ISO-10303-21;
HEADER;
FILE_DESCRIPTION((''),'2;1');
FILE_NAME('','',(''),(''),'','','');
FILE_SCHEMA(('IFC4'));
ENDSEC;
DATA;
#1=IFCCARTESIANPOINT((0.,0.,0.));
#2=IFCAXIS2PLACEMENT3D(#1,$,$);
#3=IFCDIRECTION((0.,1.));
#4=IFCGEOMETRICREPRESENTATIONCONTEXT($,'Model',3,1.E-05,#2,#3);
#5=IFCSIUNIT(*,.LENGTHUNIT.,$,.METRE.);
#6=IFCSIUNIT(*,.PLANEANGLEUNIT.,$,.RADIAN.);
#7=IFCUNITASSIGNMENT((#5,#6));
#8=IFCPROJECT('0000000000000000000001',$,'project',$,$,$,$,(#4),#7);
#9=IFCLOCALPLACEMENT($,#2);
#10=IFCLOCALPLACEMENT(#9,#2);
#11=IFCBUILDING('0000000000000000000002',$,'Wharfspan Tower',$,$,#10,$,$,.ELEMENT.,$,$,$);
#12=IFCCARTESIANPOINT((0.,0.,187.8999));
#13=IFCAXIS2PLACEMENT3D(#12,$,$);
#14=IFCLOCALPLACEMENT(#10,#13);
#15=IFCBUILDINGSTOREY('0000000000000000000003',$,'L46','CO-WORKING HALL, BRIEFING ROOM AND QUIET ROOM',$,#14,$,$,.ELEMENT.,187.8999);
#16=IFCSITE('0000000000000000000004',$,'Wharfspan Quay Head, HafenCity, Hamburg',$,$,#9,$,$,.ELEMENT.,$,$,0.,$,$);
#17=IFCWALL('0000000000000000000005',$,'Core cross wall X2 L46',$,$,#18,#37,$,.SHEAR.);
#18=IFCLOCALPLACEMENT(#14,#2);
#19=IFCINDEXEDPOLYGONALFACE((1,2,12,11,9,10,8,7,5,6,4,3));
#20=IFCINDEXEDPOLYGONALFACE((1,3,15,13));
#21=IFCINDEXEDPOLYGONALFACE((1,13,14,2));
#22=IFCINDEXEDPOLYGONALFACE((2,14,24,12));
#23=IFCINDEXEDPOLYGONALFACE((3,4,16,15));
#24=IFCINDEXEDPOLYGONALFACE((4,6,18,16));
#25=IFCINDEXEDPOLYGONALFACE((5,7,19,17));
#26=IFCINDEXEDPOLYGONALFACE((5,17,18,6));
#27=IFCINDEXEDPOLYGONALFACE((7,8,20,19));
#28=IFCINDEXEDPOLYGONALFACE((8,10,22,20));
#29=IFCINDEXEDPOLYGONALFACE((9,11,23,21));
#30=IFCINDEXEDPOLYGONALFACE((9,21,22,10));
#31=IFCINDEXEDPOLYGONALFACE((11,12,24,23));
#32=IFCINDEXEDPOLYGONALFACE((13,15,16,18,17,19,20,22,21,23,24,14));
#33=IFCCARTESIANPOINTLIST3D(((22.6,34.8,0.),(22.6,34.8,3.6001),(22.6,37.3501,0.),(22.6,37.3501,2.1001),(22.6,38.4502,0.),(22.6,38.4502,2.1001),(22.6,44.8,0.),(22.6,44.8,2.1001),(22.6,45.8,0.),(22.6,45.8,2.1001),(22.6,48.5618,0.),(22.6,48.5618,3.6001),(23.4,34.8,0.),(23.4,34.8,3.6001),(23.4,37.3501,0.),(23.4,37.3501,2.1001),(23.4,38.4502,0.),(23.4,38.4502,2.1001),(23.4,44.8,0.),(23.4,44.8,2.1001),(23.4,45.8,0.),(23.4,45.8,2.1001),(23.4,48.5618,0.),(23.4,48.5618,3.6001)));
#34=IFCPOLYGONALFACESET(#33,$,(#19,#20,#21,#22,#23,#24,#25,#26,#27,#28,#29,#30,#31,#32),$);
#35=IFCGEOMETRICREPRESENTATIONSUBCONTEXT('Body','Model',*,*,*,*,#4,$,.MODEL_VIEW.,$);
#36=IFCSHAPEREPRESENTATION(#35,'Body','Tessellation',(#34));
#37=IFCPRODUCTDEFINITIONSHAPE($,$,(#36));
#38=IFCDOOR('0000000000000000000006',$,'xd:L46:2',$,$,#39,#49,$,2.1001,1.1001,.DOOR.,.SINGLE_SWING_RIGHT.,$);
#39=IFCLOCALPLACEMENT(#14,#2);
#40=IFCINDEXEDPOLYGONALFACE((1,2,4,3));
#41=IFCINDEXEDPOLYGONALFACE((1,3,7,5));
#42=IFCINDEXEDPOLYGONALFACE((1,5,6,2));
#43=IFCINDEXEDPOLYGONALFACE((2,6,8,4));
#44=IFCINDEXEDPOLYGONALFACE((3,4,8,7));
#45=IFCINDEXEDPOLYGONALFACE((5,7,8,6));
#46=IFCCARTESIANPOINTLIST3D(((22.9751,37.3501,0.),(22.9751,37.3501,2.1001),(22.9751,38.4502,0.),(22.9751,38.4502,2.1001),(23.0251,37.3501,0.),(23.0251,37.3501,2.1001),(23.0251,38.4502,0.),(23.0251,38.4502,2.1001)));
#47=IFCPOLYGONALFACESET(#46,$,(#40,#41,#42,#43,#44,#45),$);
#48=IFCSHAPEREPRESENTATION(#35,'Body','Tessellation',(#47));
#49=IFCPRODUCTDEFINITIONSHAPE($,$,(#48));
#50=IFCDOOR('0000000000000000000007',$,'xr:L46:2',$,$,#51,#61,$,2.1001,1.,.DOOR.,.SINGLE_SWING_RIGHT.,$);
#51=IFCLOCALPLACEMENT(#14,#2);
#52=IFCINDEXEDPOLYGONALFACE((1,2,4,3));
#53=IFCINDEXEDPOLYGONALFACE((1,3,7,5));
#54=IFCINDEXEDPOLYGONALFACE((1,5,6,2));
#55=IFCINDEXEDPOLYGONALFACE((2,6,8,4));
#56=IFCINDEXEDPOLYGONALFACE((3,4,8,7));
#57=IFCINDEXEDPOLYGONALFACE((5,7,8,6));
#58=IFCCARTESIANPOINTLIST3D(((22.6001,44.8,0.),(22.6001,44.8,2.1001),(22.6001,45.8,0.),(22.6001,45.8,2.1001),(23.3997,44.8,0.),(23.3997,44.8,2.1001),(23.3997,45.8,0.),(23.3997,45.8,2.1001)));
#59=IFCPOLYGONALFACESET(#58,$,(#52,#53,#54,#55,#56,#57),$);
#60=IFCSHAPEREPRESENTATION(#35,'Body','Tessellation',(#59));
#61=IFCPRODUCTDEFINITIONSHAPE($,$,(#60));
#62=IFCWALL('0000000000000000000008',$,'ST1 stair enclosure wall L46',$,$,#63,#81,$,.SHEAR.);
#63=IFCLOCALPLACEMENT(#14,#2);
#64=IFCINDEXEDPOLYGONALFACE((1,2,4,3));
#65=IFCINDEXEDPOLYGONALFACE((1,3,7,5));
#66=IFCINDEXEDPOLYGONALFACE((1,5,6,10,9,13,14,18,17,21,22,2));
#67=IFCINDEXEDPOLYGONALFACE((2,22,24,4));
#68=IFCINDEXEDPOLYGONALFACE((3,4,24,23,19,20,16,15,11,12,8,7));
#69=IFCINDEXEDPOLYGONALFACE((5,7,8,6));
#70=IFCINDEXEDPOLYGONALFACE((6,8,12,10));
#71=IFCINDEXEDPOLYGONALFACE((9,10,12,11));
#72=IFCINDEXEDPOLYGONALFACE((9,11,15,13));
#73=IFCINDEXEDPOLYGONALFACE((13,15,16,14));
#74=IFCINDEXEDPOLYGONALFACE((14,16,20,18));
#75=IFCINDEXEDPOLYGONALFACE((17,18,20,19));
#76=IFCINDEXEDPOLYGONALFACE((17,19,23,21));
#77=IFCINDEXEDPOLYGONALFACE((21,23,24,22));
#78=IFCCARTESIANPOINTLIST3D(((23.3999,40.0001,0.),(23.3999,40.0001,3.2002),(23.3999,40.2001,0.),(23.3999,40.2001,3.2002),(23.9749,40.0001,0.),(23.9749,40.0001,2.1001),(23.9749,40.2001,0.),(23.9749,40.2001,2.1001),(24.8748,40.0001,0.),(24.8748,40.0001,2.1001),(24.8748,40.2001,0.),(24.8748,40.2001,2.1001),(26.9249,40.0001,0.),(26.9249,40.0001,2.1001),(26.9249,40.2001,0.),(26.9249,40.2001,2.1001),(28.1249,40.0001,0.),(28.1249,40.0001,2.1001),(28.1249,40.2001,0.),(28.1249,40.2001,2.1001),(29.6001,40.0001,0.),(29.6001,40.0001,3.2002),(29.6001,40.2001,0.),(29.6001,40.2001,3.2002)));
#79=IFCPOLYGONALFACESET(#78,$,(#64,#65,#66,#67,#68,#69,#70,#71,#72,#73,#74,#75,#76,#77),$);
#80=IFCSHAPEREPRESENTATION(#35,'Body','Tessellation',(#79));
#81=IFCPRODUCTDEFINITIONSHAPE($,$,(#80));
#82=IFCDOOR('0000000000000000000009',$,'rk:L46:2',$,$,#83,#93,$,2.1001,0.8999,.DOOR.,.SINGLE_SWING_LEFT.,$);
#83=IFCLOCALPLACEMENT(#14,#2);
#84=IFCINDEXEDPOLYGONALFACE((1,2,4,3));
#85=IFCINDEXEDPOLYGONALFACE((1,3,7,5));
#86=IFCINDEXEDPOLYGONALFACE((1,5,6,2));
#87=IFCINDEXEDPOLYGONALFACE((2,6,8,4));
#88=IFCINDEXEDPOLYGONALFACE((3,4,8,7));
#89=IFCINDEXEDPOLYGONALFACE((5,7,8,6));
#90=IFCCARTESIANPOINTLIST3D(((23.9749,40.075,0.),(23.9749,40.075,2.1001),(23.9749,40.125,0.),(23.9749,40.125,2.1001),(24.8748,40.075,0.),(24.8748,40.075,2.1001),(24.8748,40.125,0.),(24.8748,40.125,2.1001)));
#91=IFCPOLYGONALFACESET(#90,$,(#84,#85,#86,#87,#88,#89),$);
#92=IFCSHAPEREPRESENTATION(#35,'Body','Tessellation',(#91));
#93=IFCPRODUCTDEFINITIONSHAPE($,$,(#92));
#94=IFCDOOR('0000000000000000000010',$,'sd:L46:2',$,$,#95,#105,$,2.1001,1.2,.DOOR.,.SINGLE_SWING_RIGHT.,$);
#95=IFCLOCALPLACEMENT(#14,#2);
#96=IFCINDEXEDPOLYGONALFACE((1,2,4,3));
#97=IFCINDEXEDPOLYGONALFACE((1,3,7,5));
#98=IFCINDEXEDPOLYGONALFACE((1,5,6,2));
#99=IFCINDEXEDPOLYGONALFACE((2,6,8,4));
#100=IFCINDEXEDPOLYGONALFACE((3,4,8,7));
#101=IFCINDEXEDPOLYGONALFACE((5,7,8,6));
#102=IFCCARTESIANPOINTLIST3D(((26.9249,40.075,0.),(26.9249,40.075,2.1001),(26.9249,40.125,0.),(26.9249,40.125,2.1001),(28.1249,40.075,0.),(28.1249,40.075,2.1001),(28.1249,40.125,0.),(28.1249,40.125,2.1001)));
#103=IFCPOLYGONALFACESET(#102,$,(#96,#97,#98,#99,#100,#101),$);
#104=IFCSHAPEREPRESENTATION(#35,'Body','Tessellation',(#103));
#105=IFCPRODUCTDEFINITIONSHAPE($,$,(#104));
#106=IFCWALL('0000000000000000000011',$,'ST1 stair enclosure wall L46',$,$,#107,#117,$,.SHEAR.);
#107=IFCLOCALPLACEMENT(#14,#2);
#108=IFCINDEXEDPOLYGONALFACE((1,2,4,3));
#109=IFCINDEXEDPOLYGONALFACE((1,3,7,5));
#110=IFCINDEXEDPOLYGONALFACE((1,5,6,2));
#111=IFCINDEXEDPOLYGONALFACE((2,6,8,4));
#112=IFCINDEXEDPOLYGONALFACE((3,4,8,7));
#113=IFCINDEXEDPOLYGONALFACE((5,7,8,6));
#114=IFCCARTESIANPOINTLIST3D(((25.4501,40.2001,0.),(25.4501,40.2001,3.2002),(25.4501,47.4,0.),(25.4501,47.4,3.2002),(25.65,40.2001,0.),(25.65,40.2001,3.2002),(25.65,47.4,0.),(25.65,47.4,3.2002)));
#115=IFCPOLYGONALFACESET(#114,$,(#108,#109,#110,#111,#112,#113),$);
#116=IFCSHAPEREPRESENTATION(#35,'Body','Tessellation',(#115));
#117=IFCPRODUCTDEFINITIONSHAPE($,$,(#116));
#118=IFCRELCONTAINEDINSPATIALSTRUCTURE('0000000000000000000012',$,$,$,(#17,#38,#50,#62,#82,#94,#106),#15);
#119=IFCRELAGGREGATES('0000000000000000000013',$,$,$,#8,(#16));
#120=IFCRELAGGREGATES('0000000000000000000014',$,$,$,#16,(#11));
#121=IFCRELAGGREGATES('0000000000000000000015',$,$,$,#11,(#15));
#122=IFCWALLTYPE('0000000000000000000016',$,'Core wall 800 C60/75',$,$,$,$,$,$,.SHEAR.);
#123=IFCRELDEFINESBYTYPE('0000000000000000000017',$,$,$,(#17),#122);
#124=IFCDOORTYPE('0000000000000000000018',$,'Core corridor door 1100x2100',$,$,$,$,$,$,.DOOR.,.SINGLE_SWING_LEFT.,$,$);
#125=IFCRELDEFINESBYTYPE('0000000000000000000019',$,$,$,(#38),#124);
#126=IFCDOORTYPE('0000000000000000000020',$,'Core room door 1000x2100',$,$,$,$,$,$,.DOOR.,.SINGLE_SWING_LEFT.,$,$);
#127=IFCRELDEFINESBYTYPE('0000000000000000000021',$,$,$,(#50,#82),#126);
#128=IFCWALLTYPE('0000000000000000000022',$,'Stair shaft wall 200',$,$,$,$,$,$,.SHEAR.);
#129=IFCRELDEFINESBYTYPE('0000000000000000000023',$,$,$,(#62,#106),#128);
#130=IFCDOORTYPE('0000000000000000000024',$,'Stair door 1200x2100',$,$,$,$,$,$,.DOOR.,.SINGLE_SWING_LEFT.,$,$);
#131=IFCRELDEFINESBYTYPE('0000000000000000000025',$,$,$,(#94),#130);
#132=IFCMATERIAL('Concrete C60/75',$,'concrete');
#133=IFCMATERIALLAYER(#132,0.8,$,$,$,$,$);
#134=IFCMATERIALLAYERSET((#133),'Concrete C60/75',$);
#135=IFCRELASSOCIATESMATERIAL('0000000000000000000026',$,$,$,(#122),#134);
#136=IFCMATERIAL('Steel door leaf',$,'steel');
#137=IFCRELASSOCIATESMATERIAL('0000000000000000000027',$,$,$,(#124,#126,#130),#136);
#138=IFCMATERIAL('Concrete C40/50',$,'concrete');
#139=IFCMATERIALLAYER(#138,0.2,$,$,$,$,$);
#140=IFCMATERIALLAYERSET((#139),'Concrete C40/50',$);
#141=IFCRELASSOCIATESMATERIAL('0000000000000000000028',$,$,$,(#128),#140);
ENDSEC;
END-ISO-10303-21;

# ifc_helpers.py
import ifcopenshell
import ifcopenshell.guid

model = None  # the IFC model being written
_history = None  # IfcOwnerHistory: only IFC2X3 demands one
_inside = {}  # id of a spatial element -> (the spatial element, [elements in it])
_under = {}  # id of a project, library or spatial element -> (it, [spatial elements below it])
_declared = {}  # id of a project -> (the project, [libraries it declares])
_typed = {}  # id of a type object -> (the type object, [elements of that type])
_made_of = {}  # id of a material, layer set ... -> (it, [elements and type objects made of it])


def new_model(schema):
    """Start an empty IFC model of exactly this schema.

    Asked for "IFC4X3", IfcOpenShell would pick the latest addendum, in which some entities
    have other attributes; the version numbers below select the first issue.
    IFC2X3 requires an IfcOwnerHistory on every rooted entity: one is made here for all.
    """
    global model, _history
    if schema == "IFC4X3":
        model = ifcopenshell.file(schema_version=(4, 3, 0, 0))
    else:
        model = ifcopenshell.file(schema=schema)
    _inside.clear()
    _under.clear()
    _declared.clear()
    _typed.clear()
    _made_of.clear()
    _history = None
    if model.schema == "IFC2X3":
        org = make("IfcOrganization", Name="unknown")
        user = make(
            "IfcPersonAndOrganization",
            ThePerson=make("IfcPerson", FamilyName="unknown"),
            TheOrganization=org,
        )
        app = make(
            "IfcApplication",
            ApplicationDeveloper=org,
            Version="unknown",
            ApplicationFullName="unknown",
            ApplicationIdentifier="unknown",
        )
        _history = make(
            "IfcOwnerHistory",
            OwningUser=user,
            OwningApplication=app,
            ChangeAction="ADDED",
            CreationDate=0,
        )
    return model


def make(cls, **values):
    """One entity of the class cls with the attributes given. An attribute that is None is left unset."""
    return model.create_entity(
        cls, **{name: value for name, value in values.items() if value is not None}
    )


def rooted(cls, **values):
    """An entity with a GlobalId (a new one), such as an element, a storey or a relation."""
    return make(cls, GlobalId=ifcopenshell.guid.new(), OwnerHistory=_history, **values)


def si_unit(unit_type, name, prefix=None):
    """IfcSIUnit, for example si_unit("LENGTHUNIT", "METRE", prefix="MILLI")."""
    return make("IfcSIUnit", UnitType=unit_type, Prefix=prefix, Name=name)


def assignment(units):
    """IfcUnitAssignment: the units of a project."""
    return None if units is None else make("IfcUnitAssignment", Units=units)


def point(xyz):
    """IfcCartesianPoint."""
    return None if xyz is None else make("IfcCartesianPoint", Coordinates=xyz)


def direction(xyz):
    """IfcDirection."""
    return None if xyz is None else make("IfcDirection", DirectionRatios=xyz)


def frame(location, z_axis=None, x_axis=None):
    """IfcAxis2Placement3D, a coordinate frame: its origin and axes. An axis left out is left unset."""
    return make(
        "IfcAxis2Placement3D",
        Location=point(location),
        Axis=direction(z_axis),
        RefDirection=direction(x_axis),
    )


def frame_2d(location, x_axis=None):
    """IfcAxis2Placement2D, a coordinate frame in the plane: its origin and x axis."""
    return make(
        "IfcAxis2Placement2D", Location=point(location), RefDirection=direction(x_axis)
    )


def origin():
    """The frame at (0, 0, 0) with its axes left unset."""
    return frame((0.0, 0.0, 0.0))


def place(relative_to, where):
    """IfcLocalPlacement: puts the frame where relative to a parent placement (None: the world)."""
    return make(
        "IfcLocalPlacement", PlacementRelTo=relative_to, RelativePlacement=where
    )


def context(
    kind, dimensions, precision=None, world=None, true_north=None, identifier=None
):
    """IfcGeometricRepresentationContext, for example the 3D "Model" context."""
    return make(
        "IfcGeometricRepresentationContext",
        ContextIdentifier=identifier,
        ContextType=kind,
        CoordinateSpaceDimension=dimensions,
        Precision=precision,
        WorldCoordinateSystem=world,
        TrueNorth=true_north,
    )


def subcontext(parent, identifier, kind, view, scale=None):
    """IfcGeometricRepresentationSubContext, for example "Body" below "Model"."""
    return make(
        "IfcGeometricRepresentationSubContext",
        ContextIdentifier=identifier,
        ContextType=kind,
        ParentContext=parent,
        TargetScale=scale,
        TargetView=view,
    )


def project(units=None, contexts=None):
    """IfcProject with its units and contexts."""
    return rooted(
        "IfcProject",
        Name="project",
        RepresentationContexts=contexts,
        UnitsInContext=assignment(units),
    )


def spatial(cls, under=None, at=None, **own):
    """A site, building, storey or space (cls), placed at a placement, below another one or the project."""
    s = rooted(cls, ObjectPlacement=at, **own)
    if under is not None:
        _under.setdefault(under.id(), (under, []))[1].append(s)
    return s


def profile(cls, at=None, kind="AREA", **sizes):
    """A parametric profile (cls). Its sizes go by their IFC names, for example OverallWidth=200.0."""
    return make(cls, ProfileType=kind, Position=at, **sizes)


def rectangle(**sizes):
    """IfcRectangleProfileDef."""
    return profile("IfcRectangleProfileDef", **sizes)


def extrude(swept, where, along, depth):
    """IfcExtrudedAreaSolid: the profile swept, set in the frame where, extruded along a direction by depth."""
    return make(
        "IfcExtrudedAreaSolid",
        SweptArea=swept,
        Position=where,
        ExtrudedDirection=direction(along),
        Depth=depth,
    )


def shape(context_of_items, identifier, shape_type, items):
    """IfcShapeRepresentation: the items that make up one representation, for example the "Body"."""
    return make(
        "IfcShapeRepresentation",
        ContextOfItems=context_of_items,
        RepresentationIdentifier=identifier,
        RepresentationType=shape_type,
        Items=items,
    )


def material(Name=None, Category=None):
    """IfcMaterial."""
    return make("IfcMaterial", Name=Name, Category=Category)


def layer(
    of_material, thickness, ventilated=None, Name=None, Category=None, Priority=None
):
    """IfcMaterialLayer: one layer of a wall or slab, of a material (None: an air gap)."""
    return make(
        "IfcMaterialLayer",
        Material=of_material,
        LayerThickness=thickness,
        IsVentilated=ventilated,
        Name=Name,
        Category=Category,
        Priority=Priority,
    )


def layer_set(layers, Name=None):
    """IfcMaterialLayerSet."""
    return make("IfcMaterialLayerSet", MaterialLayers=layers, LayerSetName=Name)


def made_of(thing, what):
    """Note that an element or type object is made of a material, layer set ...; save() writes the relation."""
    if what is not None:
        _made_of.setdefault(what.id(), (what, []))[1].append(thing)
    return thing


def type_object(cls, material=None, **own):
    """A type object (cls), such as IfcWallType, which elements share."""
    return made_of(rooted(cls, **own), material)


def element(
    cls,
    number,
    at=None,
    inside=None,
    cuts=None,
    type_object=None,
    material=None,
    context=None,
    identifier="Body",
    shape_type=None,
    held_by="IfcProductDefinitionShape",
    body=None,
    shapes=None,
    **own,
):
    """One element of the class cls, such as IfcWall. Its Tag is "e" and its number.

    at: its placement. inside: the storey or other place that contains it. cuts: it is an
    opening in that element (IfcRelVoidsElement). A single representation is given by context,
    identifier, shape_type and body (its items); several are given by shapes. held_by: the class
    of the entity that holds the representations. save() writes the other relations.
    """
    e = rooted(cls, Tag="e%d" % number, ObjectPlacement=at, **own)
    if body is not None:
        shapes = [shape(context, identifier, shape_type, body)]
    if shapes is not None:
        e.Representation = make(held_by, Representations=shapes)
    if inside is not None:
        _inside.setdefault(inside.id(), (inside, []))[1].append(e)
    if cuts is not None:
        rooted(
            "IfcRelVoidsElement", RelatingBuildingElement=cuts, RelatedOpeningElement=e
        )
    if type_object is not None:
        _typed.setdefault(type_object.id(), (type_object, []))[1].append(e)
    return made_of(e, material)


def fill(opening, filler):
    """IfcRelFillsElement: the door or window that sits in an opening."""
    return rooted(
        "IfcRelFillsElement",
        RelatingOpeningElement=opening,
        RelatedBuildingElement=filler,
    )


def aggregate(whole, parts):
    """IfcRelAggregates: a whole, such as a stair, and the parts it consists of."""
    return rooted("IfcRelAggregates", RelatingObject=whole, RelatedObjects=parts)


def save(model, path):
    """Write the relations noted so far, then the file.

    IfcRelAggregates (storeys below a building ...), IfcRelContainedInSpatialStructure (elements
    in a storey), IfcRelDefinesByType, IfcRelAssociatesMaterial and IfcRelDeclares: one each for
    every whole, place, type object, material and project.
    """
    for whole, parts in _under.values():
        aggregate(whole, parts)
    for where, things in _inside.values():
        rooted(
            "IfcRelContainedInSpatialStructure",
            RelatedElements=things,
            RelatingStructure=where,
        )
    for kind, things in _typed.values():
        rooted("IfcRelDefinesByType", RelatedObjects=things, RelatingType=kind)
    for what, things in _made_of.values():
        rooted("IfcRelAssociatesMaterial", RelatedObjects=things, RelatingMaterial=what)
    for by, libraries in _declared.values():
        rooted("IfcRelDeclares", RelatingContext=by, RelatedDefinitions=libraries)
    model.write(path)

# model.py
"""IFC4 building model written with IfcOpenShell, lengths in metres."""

from ifc_helpers import new_model, si_unit, direction, frame, frame_2d, origin, place, context, subcontext, project, spatial, rectangle, extrude, material, layer, layer_set, type_object, element, fill, save


model = new_model("IFC4")

# Units and contexts
model_context = context("Model", 3, precision=1e-05, world=origin(), true_north=direction((0.0, 1.0)))
body_context = subcontext(model_context, "Body", "Model", "MODEL_VIEW")
ifc_project = project(units=[si_unit("LENGTHUNIT", "METRE"), si_unit("PLANEANGLEUNIT", "RADIAN")], contexts=[model_context])

# Site, building, storey
site_placement = place(None, origin())
site = spatial("IfcSite", under=ifc_project, at=site_placement, Name="Wharfspan Quay Head, HafenCity, Hamburg", CompositionType="ELEMENT", RefElevation=0.0)
building_placement = place(site_placement, origin())
building = spatial("IfcBuilding", under=site, at=building_placement, Name="Wharfspan Tower", CompositionType="ELEMENT")
storey_placement = place(building_placement, frame((0.0, 0.0, 187.8999)))
storey = spatial("IfcBuildingStorey", under=building, at=storey_placement, Name="L46", Description="CO-WORKING HALL, BRIEFING ROOM AND QUIET ROOM", CompositionType="ELEMENT", Elevation=187.8999)

# Walls, openings, doors
ifc_material_1 = material(Name="Concrete C60/75", Category="concrete")
ifc_layer_1 = layer(ifc_material_1, 0.8)
ifc_layer_set_1 = layer_set([ifc_layer_1], Name="Concrete C60/75")
wall_type_1 = type_object("IfcWallType", Name="Core wall 800 C60/75", PredefinedType="SHEAR", material=ifc_layer_set_1)
wall_1_placement = place(storey_placement, frame((23.0, 34.8, 0.0), z_axis=(0.0, 0.0, 1.0), x_axis=(0.0, 1.0, 0.0)))
wall_1 = element("IfcWall", 1, at=wall_1_placement, inside=storey, type_object=wall_type_1, Name="Core cross wall X2 L46", PredefinedType="SHEAR", context=body_context, shape_type="SweptSolid", body=[
    extrude(rectangle(XDim=13.7617, YDim=0.8, at=frame_2d((6.8809, 0.0))), origin(), (0.0, 0.0, 1.0), 3.6001),
])
opening_1_placement = place(wall_1_placement, frame((2.55, 0.0, 0.0)))
opening_1 = element("IfcOpeningElement", 2, at=opening_1_placement, cuts=wall_1, PredefinedType="OPENING", context=body_context, shape_type="SweptSolid", body=[
    extrude(rectangle(XDim=1.1001, YDim=2.1001, at=frame_2d((0.55, 1.05))), frame((0.0, 0.4099, 0.0), z_axis=(0.0, -1.0, 0.0), x_axis=(1.0, 0.0, 0.0)), (0.0, 0.0, 1.0), 0.8201),
])
opening_2_placement = place(wall_1_placement, frame((10.0, 0.0, 0.0)))
opening_2 = element("IfcOpeningElement", 3, at=opening_2_placement, cuts=wall_1, PredefinedType="OPENING", context=body_context, shape_type="SweptSolid", body=[
    extrude(rectangle(XDim=1.0, YDim=2.1001, at=frame_2d((0.5, 1.05))), frame((0.0, 0.4099, 0.0), z_axis=(0.0, -1.0, 0.0), x_axis=(1.0, 0.0, 0.0)), (0.0, 0.0, 1.0), 0.8201),
])
ifc_material_2 = material(Name="Steel door leaf", Category="steel")
door_type_1 = type_object("IfcDoorType", Name="Core corridor door 1100x2100", OperationType="SINGLE_SWING_LEFT", PredefinedType="DOOR", material=ifc_material_2)
door_1_placement = place(opening_1_placement, origin())
door_1 = element("IfcDoor", 4, at=door_1_placement, inside=storey, type_object=door_type_1, Name="xd:L46:2", OperationType="SINGLE_SWING_RIGHT", OverallHeight=2.1001, OverallWidth=1.1001, PredefinedType="DOOR", context=body_context, shape_type="SweptSolid", body=[
    extrude(rectangle(XDim=1.1001, YDim=2.1001, at=frame_2d((0.55, 1.05))), frame((0.0, 0.0249, 0.0), z_axis=(0.0, -1.0, 0.0), x_axis=(1.0, 0.0, 0.0)), (0.0, 0.0, 1.0), 0.05),
])
fill(opening_1, door_1)
door_type_2 = type_object("IfcDoorType", Name="Core room door 1000x2100", OperationType="SINGLE_SWING_LEFT", PredefinedType="DOOR", material=ifc_material_2)
door_2_placement = place(opening_2_placement, origin())
door_2 = element("IfcDoor", 5, at=door_2_placement, inside=storey, type_object=door_type_2, Name="xr:L46:2", OperationType="SINGLE_SWING_RIGHT", OverallHeight=2.1001, OverallWidth=1.0, PredefinedType="DOOR", context=body_context, shape_type="SweptSolid", body=[
    extrude(rectangle(XDim=1.0, YDim=2.1001, at=frame_2d((0.5, 1.05))), frame((0.0, 0.3999, 0.0), z_axis=(0.0, -1.0, 0.0), x_axis=(1.0, 0.0, 0.0)), (0.0, 0.0, 1.0), 0.7996),
])
fill(opening_2, door_2)
ifc_material_3 = material(Name="Concrete C40/50", Category="concrete")
ifc_layer_2 = layer(ifc_material_3, 0.2)
ifc_layer_set_2 = layer_set([ifc_layer_2], Name="Concrete C40/50")
wall_type_2 = type_object("IfcWallType", Name="Stair shaft wall 200", PredefinedType="SHEAR", material=ifc_layer_set_2)
wall_2_placement = place(storey_placement, frame((23.3999, 40.1001, 0.0), z_axis=(0.0, 0.0, 1.0), x_axis=(1.0, 0.0, 0.0)))
wall_2 = element("IfcWall", 6, at=wall_2_placement, inside=storey, type_object=wall_type_2, Name="ST1 stair enclosure wall L46", PredefinedType="SHEAR", context=body_context, shape_type="SweptSolid", body=[
    extrude(rectangle(XDim=6.2002, YDim=0.2, at=frame_2d((3.1001, 0.0))), origin(), (0.0, 0.0, 1.0), 3.2002),
])
opening_3_placement = place(wall_2_placement, frame((3.5249, 0.0, 0.0)))
opening_3 = element("IfcOpeningElement", 7, at=opening_3_placement, cuts=wall_2, PredefinedType="OPENING", context=body_context, shape_type="SweptSolid", body=[
    extrude(rectangle(XDim=1.2, YDim=2.1001, at=frame_2d((0.6001, 1.05))), frame((0.0, 0.1099, 0.0), z_axis=(0.0, -1.0, 0.0), x_axis=(1.0, 0.0, 0.0)), (0.0, 0.0, 1.0), 0.22),
])
opening_4_placement = place(wall_2_placement, frame((0.575, 0.0, 0.0)))
opening_4 = element("IfcOpeningElement", 8, at=opening_4_placement, cuts=wall_2, PredefinedType="OPENING", context=body_context, shape_type="SweptSolid", body=[
    extrude(rectangle(XDim=0.8999, YDim=2.1001, at=frame_2d((0.45, 1.05))), frame((0.0, 0.1099, 0.0), z_axis=(0.0, -1.0, 0.0), x_axis=(1.0, 0.0, 0.0)), (0.0, 0.0, 1.0), 0.22),
])
door_3_placement = place(opening_4_placement, origin())
door_3 = element("IfcDoor", 9, at=door_3_placement, inside=storey, type_object=door_type_2, Name="rk:L46:2", OperationType="SINGLE_SWING_LEFT", OverallHeight=2.1001, OverallWidth=0.8999, PredefinedType="DOOR", context=body_context, shape_type="SweptSolid", body=[
    extrude(rectangle(XDim=0.8999, YDim=2.1001, at=frame_2d((0.45, 1.05))), frame((0.0, 0.0249, 0.0), z_axis=(0.0, -1.0, 0.0), x_axis=(1.0, 0.0, 0.0)), (0.0, 0.0, 1.0), 0.05),
])
fill(opening_4, door_3)
door_type_3 = type_object("IfcDoorType", Name="Stair door 1200x2100", OperationType="SINGLE_SWING_LEFT", PredefinedType="DOOR", material=ifc_material_2)
door_4_placement = place(opening_3_placement, origin())
door_4 = element("IfcDoor", 10, at=door_4_placement, inside=storey, type_object=door_type_3, Name="sd:L46:2", OperationType="SINGLE_SWING_RIGHT", OverallHeight=2.1001, OverallWidth=1.2, PredefinedType="DOOR", context=body_context, shape_type="SweptSolid", body=[
    extrude(rectangle(XDim=1.2, YDim=2.1001, at=frame_2d((0.6001, 1.05))), frame((0.0, 0.0249, 0.0), z_axis=(0.0, -1.0, 0.0), x_axis=(1.0, 0.0, 0.0)), (0.0, 0.0, 1.0), 0.05),
])
fill(opening_3, door_4)

# Wall
wall_3_placement = place(storey_placement, frame((25.55, 40.2, 0.0), z_axis=(0.0, 0.0, 1.0), x_axis=(0.0, 1.0, 0.0)))
element("IfcWall", 11, at=wall_3_placement, inside=storey, type_object=wall_type_2, Name="ST1 stair enclosure wall L46", PredefinedType="SHEAR", context=body_context, shape_type="SweptSolid", body=[
    extrude(rectangle(XDim=7.2, YDim=0.2, at=frame_2d((3.6001, 0.0))), origin(), (0.0, 0.0, 1.0), 3.2002),
])

save(model, "model.ifc")
